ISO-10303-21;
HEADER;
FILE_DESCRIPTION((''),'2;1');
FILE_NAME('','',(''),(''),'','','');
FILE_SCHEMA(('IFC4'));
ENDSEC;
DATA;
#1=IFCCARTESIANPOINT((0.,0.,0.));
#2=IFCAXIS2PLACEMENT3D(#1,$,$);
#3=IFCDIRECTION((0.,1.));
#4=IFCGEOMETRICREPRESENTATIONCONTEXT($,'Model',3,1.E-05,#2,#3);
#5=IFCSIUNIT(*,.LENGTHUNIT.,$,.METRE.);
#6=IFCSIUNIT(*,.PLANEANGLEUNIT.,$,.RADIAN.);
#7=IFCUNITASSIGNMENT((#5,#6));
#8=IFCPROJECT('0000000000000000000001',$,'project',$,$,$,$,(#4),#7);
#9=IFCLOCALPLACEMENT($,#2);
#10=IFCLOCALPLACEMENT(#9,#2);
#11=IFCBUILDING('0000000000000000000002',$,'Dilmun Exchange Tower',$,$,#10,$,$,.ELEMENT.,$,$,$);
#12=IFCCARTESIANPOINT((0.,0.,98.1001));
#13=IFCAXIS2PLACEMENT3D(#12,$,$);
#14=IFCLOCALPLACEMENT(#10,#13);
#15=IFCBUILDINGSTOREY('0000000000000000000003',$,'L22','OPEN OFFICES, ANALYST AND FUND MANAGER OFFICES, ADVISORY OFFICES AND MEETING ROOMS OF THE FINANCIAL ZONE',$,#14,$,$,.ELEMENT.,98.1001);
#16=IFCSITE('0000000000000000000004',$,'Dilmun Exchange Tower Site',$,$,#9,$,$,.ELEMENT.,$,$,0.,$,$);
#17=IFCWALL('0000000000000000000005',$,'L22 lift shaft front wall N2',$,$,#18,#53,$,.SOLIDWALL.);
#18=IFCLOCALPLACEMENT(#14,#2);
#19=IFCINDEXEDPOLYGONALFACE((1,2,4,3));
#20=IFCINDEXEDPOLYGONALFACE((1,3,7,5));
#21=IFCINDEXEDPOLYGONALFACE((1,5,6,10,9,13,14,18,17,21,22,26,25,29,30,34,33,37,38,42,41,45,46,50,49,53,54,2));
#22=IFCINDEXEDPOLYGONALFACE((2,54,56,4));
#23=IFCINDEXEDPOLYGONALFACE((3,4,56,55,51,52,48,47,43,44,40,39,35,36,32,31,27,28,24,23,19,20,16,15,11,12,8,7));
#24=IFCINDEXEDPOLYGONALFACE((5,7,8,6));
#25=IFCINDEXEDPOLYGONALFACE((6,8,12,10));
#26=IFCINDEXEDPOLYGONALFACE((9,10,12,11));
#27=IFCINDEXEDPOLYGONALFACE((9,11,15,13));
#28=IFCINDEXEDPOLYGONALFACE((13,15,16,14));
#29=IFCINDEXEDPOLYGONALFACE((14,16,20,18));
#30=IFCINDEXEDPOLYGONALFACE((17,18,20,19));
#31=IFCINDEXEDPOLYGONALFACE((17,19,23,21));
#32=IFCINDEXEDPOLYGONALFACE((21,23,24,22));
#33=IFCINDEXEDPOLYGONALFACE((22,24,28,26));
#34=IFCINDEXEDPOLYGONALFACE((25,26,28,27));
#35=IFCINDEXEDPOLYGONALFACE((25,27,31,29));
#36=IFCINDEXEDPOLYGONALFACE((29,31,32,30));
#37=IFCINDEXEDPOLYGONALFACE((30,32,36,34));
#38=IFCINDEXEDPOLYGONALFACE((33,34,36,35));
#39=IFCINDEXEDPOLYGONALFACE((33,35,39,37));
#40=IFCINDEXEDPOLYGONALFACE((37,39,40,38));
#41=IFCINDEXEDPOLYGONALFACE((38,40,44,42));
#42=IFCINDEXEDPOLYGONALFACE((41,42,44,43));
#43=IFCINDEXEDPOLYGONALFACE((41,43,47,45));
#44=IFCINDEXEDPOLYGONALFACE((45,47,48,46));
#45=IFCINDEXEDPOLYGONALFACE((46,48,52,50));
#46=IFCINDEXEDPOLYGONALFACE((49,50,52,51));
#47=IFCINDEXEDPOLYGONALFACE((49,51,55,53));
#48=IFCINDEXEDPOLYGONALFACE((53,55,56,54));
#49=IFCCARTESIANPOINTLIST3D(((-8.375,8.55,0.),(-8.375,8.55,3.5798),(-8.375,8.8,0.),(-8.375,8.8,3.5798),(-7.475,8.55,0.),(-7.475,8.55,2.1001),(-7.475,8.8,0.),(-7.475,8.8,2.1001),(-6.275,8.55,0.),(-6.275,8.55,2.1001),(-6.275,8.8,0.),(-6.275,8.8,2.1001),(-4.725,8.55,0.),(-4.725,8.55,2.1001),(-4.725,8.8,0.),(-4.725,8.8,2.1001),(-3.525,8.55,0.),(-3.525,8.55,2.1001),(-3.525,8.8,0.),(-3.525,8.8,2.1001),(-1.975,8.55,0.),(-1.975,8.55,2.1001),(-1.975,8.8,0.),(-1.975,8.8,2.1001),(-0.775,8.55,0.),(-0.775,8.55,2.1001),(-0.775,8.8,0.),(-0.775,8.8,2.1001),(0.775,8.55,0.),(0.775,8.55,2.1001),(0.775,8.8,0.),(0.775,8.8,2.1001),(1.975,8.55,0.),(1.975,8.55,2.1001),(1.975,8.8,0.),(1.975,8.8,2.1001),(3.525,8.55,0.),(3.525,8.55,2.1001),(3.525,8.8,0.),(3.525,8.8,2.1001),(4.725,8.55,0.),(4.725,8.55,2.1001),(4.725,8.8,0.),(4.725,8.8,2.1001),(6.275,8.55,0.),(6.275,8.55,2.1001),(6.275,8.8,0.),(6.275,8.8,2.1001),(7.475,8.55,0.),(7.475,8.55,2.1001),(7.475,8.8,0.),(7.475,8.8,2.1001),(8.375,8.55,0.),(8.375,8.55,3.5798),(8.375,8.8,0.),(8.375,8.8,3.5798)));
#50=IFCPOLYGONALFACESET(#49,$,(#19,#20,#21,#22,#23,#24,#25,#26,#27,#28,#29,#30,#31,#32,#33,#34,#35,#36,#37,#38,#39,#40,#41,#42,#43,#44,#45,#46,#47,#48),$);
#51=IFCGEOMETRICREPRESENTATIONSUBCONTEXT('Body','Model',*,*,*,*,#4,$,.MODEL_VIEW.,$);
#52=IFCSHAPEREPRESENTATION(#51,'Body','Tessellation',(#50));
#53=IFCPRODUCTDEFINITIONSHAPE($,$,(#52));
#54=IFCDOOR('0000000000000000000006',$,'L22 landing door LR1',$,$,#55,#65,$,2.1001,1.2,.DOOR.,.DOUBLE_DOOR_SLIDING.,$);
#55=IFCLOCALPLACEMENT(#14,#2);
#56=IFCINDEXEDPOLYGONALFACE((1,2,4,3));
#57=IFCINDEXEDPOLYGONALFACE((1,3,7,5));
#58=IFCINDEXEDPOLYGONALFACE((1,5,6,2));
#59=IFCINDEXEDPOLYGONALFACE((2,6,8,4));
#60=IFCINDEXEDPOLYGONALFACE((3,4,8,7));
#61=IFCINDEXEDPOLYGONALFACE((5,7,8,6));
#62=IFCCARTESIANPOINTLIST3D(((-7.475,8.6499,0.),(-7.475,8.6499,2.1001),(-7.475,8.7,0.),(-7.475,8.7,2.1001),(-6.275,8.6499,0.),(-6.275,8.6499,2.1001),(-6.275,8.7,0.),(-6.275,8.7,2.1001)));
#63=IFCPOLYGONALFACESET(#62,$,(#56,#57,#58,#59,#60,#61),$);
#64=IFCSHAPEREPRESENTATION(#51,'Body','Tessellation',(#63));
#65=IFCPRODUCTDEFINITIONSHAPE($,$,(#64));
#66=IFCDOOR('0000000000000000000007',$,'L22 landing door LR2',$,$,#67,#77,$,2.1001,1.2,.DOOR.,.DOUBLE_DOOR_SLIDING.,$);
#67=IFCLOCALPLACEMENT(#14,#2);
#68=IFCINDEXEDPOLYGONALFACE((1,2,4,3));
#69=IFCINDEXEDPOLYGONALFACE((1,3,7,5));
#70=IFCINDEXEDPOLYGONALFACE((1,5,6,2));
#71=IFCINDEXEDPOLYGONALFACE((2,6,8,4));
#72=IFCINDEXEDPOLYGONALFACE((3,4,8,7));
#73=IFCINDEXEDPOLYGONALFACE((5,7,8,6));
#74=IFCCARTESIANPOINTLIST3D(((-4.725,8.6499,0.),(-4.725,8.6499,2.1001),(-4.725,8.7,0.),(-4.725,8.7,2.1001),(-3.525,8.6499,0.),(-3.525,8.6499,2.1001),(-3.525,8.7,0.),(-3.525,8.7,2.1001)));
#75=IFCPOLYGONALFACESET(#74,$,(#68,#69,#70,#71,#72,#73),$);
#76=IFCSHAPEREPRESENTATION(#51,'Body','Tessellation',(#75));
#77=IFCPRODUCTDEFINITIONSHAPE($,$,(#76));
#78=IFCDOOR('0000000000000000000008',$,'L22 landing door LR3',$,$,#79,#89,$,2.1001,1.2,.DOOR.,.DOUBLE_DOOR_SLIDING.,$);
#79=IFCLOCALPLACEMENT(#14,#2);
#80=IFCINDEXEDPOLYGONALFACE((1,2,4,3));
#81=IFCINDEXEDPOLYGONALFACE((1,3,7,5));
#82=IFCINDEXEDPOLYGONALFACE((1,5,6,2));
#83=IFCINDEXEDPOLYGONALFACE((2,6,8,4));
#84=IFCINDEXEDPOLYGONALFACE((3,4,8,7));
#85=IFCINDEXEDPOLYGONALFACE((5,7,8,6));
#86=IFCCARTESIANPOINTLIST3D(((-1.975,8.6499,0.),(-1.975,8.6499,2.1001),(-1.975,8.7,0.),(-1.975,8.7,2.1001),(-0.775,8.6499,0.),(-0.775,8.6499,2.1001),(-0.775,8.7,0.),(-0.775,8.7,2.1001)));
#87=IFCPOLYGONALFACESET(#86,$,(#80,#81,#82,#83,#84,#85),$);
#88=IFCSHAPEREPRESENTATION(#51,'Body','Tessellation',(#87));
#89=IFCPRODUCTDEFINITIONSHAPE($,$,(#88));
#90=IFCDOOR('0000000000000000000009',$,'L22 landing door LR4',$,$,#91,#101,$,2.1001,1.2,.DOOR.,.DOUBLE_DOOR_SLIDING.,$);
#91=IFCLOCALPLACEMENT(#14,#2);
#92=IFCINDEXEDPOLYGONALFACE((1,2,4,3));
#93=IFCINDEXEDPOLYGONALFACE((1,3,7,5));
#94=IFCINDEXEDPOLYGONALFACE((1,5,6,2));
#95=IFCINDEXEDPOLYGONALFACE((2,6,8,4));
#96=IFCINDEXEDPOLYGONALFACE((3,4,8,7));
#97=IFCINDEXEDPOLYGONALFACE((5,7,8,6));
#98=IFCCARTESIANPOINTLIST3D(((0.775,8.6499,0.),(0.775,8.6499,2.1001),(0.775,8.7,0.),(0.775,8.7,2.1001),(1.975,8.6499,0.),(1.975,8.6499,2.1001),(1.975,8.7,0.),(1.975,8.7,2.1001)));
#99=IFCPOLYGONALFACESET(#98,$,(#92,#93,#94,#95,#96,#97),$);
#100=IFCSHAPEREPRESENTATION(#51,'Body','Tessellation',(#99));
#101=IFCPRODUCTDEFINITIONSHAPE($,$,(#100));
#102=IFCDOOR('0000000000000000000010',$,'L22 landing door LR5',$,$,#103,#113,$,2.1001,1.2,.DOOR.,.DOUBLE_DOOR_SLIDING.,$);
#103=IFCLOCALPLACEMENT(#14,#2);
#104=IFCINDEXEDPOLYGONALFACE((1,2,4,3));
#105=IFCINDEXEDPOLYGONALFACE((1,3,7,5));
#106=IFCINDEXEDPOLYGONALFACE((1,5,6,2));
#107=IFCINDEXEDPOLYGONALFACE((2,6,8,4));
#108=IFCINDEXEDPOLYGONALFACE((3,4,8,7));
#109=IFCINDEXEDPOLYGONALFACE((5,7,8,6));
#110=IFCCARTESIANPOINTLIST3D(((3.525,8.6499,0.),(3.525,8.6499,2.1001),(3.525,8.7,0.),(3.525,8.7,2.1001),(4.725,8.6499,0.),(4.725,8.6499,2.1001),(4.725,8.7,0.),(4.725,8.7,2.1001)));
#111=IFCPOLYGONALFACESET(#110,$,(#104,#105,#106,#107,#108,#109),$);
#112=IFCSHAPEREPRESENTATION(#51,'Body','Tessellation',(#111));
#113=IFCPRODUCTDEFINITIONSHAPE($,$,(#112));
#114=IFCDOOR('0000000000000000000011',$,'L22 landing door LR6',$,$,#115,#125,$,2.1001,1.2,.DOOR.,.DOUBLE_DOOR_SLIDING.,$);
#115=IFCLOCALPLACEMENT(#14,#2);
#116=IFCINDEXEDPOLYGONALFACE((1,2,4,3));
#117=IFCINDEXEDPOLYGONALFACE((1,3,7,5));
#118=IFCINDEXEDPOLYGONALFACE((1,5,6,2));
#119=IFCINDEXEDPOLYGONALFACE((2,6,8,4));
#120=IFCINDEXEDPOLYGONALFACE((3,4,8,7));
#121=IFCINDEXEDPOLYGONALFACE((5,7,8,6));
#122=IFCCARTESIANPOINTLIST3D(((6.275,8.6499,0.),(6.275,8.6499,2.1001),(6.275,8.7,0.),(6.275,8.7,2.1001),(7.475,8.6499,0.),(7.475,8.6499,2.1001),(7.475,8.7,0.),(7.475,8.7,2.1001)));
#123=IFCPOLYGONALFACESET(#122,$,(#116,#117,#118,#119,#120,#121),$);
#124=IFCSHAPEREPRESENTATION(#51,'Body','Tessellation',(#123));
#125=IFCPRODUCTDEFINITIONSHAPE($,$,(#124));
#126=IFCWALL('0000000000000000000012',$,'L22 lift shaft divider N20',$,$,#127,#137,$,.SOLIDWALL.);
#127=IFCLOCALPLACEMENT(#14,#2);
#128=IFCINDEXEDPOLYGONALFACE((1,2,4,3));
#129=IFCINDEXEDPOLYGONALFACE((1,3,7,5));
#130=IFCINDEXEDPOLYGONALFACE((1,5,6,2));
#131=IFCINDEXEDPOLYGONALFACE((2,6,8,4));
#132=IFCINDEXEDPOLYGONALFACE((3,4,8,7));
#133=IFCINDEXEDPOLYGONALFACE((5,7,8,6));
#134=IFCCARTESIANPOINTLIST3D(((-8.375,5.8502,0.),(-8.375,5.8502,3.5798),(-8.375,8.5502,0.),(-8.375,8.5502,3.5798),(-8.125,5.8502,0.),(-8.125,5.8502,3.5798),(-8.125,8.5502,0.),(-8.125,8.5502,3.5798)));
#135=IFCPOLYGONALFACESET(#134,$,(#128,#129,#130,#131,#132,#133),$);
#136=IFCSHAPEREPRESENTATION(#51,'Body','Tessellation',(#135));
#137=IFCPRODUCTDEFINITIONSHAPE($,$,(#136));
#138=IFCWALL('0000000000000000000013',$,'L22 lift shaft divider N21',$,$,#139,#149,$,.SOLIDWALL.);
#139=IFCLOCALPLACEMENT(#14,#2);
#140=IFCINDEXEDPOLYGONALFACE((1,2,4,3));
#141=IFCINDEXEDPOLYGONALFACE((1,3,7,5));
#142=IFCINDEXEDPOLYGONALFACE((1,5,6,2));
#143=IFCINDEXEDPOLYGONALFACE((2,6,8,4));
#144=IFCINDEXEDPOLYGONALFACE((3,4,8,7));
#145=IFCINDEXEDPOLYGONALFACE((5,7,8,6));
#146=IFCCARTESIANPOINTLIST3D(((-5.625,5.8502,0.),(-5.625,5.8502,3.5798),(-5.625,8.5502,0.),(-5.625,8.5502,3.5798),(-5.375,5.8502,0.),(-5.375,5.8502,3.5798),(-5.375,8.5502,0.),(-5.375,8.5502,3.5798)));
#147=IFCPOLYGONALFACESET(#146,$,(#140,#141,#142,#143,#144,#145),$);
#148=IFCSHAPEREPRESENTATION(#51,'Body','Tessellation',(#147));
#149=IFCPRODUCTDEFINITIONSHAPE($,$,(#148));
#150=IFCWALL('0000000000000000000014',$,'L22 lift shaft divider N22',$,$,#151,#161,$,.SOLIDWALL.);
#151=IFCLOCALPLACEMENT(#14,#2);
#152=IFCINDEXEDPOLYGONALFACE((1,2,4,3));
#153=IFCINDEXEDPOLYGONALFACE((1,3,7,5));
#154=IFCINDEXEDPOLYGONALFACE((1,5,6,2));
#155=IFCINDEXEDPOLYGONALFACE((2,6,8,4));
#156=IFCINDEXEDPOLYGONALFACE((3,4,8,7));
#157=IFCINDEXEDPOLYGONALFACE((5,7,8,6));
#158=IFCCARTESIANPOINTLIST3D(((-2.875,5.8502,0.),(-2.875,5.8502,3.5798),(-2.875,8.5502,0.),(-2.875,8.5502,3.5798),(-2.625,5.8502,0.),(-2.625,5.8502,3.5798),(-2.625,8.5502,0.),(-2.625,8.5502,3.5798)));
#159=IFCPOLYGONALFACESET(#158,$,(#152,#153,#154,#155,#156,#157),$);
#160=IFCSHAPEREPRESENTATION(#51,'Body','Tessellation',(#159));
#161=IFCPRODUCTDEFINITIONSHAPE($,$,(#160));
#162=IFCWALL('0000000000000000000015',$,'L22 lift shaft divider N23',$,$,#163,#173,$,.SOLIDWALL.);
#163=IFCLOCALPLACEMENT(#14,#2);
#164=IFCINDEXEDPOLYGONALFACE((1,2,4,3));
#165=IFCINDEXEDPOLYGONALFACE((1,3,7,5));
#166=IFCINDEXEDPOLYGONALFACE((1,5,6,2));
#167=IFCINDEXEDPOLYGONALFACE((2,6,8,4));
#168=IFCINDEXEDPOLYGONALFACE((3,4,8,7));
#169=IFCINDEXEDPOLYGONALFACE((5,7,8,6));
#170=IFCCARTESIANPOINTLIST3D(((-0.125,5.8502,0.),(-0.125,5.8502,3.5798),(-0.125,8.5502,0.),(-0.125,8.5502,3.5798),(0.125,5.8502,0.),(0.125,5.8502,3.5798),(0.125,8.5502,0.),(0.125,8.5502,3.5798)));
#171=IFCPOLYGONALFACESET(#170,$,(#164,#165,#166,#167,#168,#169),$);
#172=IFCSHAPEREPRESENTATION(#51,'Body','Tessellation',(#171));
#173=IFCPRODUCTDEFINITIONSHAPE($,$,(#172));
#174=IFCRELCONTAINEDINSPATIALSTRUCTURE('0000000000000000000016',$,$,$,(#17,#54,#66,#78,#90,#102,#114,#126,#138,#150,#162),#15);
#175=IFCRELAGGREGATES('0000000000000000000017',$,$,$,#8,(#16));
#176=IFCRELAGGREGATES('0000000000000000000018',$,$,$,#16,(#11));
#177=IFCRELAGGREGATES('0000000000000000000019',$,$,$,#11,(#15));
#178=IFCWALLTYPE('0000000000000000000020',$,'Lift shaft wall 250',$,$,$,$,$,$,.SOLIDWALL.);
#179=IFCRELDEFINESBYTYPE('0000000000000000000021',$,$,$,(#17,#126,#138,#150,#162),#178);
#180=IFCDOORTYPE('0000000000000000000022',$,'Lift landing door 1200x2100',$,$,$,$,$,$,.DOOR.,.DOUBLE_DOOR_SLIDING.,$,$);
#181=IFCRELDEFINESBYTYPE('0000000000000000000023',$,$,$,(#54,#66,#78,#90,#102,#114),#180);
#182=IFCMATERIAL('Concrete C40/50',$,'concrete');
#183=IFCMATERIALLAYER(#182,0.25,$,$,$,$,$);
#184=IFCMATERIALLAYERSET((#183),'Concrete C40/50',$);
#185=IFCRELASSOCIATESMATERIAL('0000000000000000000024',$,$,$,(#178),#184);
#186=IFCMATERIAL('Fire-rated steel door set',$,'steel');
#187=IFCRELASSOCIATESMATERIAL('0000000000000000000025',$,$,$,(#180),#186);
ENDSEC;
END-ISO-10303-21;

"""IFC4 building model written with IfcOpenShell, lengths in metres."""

from ifc_helpers import new_model, si_unit, direction, frame, frame_2d, origin, place, context, subcontext, project, spatial, rectangle, extrude, material, layer, layer_set, type_object, element, fill, save


model = new_model("IFC4")

# Units and contexts
model_context = context("Model", 3, precision=1e-05, world=origin(), true_north=direction((0.0, 1.0)))
body_context = subcontext(model_context, "Body", "Model", "MODEL_VIEW")
ifc_project = project(units=[si_unit("LENGTHUNIT", "METRE"), si_unit("PLANEANGLEUNIT", "RADIAN")], contexts=[model_context])

# Site, building, storey
site_placement = place(None, origin())
site = spatial("IfcSite", under=ifc_project, at=site_placement, Name="Dilmun Exchange Tower Site", CompositionType="ELEMENT", RefElevation=0.0)
building_placement = place(site_placement, origin())
building = spatial("IfcBuilding", under=site, at=building_placement, Name="Dilmun Exchange Tower", CompositionType="ELEMENT")
storey_placement = place(building_placement, frame((0.0, 0.0, 98.1001)))
storey = spatial("IfcBuildingStorey", under=building, at=storey_placement, Name="L22", Description="OPEN OFFICES, ANALYST AND FUND MANAGER OFFICES, ADVISORY OFFICES AND MEETING ROOMS OF THE FINANCIAL ZONE", CompositionType="ELEMENT", Elevation=98.1001)

# Shared definitions
ifc_material_1 = material(Name="Concrete C40/50", Category="concrete")

# Shared definitions
ifc_material_2 = material(Name="Fire-rated steel door set", Category="steel")

# Wall, openings, doors
ifc_layer_1 = layer(ifc_material_1, 0.25)
ifc_layer_set_1 = layer_set([ifc_layer_1], Name="Concrete C40/50")
wall_type_1 = type_object("IfcWallType", Name="Lift shaft wall 250", PredefinedType="SOLIDWALL", material=ifc_layer_set_1)
wall_1_placement = place(storey_placement, frame((-8.375, 8.675, 0.0), z_axis=(0.0, 0.0, 1.0), x_axis=(1.0, 0.0, 0.0)))
wall_1 = element("IfcWall", 1, at=wall_1_placement, inside=storey, type_object=wall_type_1, Name="L22 lift shaft front wall N2", PredefinedType="SOLIDWALL", context=body_context, shape_type="SweptSolid", body=[
    extrude(rectangle(XDim=16.75, YDim=0.25, at=frame_2d((8.375, 0.0))), origin(), (0.0, 0.0, 1.0), 3.5798),
])
opening_1_placement = place(wall_1_placement, frame((0.8999, 0.0, 0.0)))
opening_1 = element("IfcOpeningElement", 2, at=opening_1_placement, cuts=wall_1, PredefinedType="OPENING", context=body_context, shape_type="SweptSolid", body=[
    extrude(rectangle(XDim=1.2, YDim=2.1001, at=frame_2d((0.6001, 1.05))), frame((0.0, 0.135, 0.0), z_axis=(0.0, -1.0, 0.0), x_axis=(1.0, 0.0, 0.0)), (0.0, 0.0, 1.0), 0.27),
])
opening_2_placement = place(wall_1_placement, frame((3.6499, 0.0, 0.0)))
opening_2 = element("IfcOpeningElement", 3, at=opening_2_placement, cuts=wall_1, PredefinedType="OPENING", context=body_context, shape_type="SweptSolid", body=[
    extrude(rectangle(XDim=1.2, YDim=2.1001, at=frame_2d((0.6001, 1.05))), frame((0.0, 0.135, 0.0), z_axis=(0.0, -1.0, 0.0), x_axis=(1.0, 0.0, 0.0)), (0.0, 0.0, 1.0), 0.27),
])
opening_3_placement = place(wall_1_placement, frame((6.3999, 0.0, 0.0)))
opening_3 = element("IfcOpeningElement", 4, at=opening_3_placement, cuts=wall_1, PredefinedType="OPENING", context=body_context, shape_type="SweptSolid", body=[
    extrude(rectangle(XDim=1.2, YDim=2.1001, at=frame_2d((0.6001, 1.05))), frame((0.0, 0.135, 0.0), z_axis=(0.0, -1.0, 0.0), x_axis=(1.0, 0.0, 0.0)), (0.0, 0.0, 1.0), 0.27),
])
opening_4_placement = place(wall_1_placement, frame((9.1499, 0.0, 0.0)))
opening_4 = element("IfcOpeningElement", 5, at=opening_4_placement, cuts=wall_1, PredefinedType="OPENING", context=body_context, shape_type="SweptSolid", body=[
    extrude(rectangle(XDim=1.2, YDim=2.1001, at=frame_2d((0.6001, 1.05))), frame((0.0, 0.135, 0.0), z_axis=(0.0, -1.0, 0.0), x_axis=(1.0, 0.0, 0.0)), (0.0, 0.0, 1.0), 0.27),
])
opening_5_placement = place(wall_1_placement, frame((11.8999, 0.0, 0.0)))
opening_5 = element("IfcOpeningElement", 6, at=opening_5_placement, cuts=wall_1, PredefinedType="OPENING", context=body_context, shape_type="SweptSolid", body=[
    extrude(rectangle(XDim=1.2, YDim=2.1001, at=frame_2d((0.6001, 1.05))), frame((0.0, 0.135, 0.0), z_axis=(0.0, -1.0, 0.0), x_axis=(1.0, 0.0, 0.0)), (0.0, 0.0, 1.0), 0.27),
])
opening_6_placement = place(wall_1_placement, frame((14.6499, 0.0, 0.0)))
opening_6 = element("IfcOpeningElement", 7, at=opening_6_placement, cuts=wall_1, PredefinedType="OPENING", context=body_context, shape_type="SweptSolid", body=[
    extrude(rectangle(XDim=1.2, YDim=2.1001, at=frame_2d((0.6001, 1.05))), frame((0.0, 0.135, 0.0), z_axis=(0.0, -1.0, 0.0), x_axis=(1.0, 0.0, 0.0)), (0.0, 0.0, 1.0), 0.27),
])
door_type_1 = type_object("IfcDoorType", Name="Lift landing door 1200x2100", OperationType="DOUBLE_DOOR_SLIDING", PredefinedType="DOOR", material=ifc_material_2)
door_1_placement = place(opening_1_placement, origin())
door_1 = element("IfcDoor", 8, at=door_1_placement, inside=storey, type_object=door_type_1, Name="L22 landing door LR1", OperationType="DOUBLE_DOOR_SLIDING", OverallHeight=2.1001, OverallWidth=1.2, PredefinedType="DOOR", context=body_context, shape_type="SweptSolid", body=[
    extrude(rectangle(XDim=1.2, YDim=2.1001, at=frame_2d((0.6001, 1.05))), frame((0.0, 0.0249, 0.0), z_axis=(0.0, -1.0, 0.0), x_axis=(1.0, 0.0, 0.0)), (0.0, 0.0, 1.0), 0.05),
])
fill(opening_1, door_1)
door_2_placement = place(opening_2_placement, origin())
door_2 = element("IfcDoor", 9, at=door_2_placement, inside=storey, type_object=door_type_1, Name="L22 landing door LR2", OperationType="DOUBLE_DOOR_SLIDING", OverallHeight=2.1001, OverallWidth=1.2, PredefinedType="DOOR", context=body_context, shape_type="SweptSolid", body=[
    extrude(rectangle(XDim=1.2, YDim=2.1001, at=frame_2d((0.6001, 1.05))), frame((0.0, 0.0249, 0.0), z_axis=(0.0, -1.0, 0.0), x_axis=(1.0, 0.0, 0.0)), (0.0, 0.0, 1.0), 0.05),
])
fill(opening_2, door_2)
door_3_placement = place(opening_3_placement, origin())
door_3 = element("IfcDoor", 10, at=door_3_placement, inside=storey, type_object=door_type_1, Name="L22 landing door LR3", OperationType="DOUBLE_DOOR_SLIDING", OverallHeight=2.1001, OverallWidth=1.2, PredefinedType="DOOR", context=body_context, shape_type="SweptSolid", body=[
    extrude(rectangle(XDim=1.2, YDim=2.1001, at=frame_2d((0.6001, 1.05))), frame((0.0, 0.0249, 0.0), z_axis=(0.0, -1.0, 0.0), x_axis=(1.0, 0.0, 0.0)), (0.0, 0.0, 1.0), 0.05),
])
fill(opening_3, door_3)
door_4_placement = place(opening_4_placement, origin())
door_4 = element("IfcDoor", 11, at=door_4_placement, inside=storey, type_object=door_type_1, Name="L22 landing door LR4", OperationType="DOUBLE_DOOR_SLIDING", OverallHeight=2.1001, OverallWidth=1.2, PredefinedType="DOOR", context=body_context, shape_type="SweptSolid", body=[
    extrude(rectangle(XDim=1.2, YDim=2.1001, at=frame_2d((0.6001, 1.05))), frame((0.0, 0.0249, 0.0), z_axis=(0.0, -1.0, 0.0), x_axis=(1.0, 0.0, 0.0)), (0.0, 0.0, 1.0), 0.05),
])
fill(opening_4, door_4)
door_5_placement = place(opening_5_placement, origin())
door_5 = element("IfcDoor", 12, at=door_5_placement, inside=storey, type_object=door_type_1, Name="L22 landing door LR5", OperationType="DOUBLE_DOOR_SLIDING", OverallHeight=2.1001, OverallWidth=1.2, PredefinedType="DOOR", context=body_context, shape_type="SweptSolid", body=[
    extrude(rectangle(XDim=1.2, YDim=2.1001, at=frame_2d((0.6001, 1.05))), frame((0.0, 0.0249, 0.0), z_axis=(0.0, -1.0, 0.0), x_axis=(1.0, 0.0, 0.0)), (0.0, 0.0, 1.0), 0.05),
])
fill(opening_5, door_5)
door_6_placement = place(opening_6_placement, origin())
door_6 = element("IfcDoor", 13, at=door_6_placement, inside=storey, type_object=door_type_1, Name="L22 landing door LR6", OperationType="DOUBLE_DOOR_SLIDING", OverallHeight=2.1001, OverallWidth=1.2, PredefinedType="DOOR", context=body_context, shape_type="SweptSolid", body=[
    extrude(rectangle(XDim=1.2, YDim=2.1001, at=frame_2d((0.6001, 1.05))), frame((0.0, 0.0249, 0.0), z_axis=(0.0, -1.0, 0.0), x_axis=(1.0, 0.0, 0.0)), (0.0, 0.0, 1.0), 0.05),
])
fill(opening_6, door_6)

# Walls
for number, where, z_axis, x_axis, name in (
    (14, (-8.25, 5.8501, 0.0), (0.0, 0.0, 1.0), (0.0, 1.0, 0.0), "L22 lift shaft divider N20"),
    (15, (-5.5, 5.8501, 0.0), (0.0, 0.0, 1.0), (0.0, 1.0, 0.0), "L22 lift shaft divider N21"),
    (16, (-2.75, 5.8501, 0.0), (0.0, 0.0, 1.0), (0.0, 1.0, 0.0), "L22 lift shaft divider N22"),
    (17, (0.0, 5.8501, 0.0), (0.0, 0.0, 1.0), (0.0, 1.0, 0.0), "L22 lift shaft divider N23"),
):
    element("IfcWall", number, at=place(storey_placement, frame(where, z_axis=z_axis, x_axis=x_axis)), inside=storey, type_object=wall_type_1, Name=name, PredefinedType="SOLIDWALL", context=body_context, shape_type="SweptSolid", body=[
        extrude(rectangle(XDim=2.7, YDim=0.25, at=frame_2d((1.3501, 0.0))), origin(), (0.0, 0.0, 1.0), 3.5798),
    ])

save(model, "model.ifc")
